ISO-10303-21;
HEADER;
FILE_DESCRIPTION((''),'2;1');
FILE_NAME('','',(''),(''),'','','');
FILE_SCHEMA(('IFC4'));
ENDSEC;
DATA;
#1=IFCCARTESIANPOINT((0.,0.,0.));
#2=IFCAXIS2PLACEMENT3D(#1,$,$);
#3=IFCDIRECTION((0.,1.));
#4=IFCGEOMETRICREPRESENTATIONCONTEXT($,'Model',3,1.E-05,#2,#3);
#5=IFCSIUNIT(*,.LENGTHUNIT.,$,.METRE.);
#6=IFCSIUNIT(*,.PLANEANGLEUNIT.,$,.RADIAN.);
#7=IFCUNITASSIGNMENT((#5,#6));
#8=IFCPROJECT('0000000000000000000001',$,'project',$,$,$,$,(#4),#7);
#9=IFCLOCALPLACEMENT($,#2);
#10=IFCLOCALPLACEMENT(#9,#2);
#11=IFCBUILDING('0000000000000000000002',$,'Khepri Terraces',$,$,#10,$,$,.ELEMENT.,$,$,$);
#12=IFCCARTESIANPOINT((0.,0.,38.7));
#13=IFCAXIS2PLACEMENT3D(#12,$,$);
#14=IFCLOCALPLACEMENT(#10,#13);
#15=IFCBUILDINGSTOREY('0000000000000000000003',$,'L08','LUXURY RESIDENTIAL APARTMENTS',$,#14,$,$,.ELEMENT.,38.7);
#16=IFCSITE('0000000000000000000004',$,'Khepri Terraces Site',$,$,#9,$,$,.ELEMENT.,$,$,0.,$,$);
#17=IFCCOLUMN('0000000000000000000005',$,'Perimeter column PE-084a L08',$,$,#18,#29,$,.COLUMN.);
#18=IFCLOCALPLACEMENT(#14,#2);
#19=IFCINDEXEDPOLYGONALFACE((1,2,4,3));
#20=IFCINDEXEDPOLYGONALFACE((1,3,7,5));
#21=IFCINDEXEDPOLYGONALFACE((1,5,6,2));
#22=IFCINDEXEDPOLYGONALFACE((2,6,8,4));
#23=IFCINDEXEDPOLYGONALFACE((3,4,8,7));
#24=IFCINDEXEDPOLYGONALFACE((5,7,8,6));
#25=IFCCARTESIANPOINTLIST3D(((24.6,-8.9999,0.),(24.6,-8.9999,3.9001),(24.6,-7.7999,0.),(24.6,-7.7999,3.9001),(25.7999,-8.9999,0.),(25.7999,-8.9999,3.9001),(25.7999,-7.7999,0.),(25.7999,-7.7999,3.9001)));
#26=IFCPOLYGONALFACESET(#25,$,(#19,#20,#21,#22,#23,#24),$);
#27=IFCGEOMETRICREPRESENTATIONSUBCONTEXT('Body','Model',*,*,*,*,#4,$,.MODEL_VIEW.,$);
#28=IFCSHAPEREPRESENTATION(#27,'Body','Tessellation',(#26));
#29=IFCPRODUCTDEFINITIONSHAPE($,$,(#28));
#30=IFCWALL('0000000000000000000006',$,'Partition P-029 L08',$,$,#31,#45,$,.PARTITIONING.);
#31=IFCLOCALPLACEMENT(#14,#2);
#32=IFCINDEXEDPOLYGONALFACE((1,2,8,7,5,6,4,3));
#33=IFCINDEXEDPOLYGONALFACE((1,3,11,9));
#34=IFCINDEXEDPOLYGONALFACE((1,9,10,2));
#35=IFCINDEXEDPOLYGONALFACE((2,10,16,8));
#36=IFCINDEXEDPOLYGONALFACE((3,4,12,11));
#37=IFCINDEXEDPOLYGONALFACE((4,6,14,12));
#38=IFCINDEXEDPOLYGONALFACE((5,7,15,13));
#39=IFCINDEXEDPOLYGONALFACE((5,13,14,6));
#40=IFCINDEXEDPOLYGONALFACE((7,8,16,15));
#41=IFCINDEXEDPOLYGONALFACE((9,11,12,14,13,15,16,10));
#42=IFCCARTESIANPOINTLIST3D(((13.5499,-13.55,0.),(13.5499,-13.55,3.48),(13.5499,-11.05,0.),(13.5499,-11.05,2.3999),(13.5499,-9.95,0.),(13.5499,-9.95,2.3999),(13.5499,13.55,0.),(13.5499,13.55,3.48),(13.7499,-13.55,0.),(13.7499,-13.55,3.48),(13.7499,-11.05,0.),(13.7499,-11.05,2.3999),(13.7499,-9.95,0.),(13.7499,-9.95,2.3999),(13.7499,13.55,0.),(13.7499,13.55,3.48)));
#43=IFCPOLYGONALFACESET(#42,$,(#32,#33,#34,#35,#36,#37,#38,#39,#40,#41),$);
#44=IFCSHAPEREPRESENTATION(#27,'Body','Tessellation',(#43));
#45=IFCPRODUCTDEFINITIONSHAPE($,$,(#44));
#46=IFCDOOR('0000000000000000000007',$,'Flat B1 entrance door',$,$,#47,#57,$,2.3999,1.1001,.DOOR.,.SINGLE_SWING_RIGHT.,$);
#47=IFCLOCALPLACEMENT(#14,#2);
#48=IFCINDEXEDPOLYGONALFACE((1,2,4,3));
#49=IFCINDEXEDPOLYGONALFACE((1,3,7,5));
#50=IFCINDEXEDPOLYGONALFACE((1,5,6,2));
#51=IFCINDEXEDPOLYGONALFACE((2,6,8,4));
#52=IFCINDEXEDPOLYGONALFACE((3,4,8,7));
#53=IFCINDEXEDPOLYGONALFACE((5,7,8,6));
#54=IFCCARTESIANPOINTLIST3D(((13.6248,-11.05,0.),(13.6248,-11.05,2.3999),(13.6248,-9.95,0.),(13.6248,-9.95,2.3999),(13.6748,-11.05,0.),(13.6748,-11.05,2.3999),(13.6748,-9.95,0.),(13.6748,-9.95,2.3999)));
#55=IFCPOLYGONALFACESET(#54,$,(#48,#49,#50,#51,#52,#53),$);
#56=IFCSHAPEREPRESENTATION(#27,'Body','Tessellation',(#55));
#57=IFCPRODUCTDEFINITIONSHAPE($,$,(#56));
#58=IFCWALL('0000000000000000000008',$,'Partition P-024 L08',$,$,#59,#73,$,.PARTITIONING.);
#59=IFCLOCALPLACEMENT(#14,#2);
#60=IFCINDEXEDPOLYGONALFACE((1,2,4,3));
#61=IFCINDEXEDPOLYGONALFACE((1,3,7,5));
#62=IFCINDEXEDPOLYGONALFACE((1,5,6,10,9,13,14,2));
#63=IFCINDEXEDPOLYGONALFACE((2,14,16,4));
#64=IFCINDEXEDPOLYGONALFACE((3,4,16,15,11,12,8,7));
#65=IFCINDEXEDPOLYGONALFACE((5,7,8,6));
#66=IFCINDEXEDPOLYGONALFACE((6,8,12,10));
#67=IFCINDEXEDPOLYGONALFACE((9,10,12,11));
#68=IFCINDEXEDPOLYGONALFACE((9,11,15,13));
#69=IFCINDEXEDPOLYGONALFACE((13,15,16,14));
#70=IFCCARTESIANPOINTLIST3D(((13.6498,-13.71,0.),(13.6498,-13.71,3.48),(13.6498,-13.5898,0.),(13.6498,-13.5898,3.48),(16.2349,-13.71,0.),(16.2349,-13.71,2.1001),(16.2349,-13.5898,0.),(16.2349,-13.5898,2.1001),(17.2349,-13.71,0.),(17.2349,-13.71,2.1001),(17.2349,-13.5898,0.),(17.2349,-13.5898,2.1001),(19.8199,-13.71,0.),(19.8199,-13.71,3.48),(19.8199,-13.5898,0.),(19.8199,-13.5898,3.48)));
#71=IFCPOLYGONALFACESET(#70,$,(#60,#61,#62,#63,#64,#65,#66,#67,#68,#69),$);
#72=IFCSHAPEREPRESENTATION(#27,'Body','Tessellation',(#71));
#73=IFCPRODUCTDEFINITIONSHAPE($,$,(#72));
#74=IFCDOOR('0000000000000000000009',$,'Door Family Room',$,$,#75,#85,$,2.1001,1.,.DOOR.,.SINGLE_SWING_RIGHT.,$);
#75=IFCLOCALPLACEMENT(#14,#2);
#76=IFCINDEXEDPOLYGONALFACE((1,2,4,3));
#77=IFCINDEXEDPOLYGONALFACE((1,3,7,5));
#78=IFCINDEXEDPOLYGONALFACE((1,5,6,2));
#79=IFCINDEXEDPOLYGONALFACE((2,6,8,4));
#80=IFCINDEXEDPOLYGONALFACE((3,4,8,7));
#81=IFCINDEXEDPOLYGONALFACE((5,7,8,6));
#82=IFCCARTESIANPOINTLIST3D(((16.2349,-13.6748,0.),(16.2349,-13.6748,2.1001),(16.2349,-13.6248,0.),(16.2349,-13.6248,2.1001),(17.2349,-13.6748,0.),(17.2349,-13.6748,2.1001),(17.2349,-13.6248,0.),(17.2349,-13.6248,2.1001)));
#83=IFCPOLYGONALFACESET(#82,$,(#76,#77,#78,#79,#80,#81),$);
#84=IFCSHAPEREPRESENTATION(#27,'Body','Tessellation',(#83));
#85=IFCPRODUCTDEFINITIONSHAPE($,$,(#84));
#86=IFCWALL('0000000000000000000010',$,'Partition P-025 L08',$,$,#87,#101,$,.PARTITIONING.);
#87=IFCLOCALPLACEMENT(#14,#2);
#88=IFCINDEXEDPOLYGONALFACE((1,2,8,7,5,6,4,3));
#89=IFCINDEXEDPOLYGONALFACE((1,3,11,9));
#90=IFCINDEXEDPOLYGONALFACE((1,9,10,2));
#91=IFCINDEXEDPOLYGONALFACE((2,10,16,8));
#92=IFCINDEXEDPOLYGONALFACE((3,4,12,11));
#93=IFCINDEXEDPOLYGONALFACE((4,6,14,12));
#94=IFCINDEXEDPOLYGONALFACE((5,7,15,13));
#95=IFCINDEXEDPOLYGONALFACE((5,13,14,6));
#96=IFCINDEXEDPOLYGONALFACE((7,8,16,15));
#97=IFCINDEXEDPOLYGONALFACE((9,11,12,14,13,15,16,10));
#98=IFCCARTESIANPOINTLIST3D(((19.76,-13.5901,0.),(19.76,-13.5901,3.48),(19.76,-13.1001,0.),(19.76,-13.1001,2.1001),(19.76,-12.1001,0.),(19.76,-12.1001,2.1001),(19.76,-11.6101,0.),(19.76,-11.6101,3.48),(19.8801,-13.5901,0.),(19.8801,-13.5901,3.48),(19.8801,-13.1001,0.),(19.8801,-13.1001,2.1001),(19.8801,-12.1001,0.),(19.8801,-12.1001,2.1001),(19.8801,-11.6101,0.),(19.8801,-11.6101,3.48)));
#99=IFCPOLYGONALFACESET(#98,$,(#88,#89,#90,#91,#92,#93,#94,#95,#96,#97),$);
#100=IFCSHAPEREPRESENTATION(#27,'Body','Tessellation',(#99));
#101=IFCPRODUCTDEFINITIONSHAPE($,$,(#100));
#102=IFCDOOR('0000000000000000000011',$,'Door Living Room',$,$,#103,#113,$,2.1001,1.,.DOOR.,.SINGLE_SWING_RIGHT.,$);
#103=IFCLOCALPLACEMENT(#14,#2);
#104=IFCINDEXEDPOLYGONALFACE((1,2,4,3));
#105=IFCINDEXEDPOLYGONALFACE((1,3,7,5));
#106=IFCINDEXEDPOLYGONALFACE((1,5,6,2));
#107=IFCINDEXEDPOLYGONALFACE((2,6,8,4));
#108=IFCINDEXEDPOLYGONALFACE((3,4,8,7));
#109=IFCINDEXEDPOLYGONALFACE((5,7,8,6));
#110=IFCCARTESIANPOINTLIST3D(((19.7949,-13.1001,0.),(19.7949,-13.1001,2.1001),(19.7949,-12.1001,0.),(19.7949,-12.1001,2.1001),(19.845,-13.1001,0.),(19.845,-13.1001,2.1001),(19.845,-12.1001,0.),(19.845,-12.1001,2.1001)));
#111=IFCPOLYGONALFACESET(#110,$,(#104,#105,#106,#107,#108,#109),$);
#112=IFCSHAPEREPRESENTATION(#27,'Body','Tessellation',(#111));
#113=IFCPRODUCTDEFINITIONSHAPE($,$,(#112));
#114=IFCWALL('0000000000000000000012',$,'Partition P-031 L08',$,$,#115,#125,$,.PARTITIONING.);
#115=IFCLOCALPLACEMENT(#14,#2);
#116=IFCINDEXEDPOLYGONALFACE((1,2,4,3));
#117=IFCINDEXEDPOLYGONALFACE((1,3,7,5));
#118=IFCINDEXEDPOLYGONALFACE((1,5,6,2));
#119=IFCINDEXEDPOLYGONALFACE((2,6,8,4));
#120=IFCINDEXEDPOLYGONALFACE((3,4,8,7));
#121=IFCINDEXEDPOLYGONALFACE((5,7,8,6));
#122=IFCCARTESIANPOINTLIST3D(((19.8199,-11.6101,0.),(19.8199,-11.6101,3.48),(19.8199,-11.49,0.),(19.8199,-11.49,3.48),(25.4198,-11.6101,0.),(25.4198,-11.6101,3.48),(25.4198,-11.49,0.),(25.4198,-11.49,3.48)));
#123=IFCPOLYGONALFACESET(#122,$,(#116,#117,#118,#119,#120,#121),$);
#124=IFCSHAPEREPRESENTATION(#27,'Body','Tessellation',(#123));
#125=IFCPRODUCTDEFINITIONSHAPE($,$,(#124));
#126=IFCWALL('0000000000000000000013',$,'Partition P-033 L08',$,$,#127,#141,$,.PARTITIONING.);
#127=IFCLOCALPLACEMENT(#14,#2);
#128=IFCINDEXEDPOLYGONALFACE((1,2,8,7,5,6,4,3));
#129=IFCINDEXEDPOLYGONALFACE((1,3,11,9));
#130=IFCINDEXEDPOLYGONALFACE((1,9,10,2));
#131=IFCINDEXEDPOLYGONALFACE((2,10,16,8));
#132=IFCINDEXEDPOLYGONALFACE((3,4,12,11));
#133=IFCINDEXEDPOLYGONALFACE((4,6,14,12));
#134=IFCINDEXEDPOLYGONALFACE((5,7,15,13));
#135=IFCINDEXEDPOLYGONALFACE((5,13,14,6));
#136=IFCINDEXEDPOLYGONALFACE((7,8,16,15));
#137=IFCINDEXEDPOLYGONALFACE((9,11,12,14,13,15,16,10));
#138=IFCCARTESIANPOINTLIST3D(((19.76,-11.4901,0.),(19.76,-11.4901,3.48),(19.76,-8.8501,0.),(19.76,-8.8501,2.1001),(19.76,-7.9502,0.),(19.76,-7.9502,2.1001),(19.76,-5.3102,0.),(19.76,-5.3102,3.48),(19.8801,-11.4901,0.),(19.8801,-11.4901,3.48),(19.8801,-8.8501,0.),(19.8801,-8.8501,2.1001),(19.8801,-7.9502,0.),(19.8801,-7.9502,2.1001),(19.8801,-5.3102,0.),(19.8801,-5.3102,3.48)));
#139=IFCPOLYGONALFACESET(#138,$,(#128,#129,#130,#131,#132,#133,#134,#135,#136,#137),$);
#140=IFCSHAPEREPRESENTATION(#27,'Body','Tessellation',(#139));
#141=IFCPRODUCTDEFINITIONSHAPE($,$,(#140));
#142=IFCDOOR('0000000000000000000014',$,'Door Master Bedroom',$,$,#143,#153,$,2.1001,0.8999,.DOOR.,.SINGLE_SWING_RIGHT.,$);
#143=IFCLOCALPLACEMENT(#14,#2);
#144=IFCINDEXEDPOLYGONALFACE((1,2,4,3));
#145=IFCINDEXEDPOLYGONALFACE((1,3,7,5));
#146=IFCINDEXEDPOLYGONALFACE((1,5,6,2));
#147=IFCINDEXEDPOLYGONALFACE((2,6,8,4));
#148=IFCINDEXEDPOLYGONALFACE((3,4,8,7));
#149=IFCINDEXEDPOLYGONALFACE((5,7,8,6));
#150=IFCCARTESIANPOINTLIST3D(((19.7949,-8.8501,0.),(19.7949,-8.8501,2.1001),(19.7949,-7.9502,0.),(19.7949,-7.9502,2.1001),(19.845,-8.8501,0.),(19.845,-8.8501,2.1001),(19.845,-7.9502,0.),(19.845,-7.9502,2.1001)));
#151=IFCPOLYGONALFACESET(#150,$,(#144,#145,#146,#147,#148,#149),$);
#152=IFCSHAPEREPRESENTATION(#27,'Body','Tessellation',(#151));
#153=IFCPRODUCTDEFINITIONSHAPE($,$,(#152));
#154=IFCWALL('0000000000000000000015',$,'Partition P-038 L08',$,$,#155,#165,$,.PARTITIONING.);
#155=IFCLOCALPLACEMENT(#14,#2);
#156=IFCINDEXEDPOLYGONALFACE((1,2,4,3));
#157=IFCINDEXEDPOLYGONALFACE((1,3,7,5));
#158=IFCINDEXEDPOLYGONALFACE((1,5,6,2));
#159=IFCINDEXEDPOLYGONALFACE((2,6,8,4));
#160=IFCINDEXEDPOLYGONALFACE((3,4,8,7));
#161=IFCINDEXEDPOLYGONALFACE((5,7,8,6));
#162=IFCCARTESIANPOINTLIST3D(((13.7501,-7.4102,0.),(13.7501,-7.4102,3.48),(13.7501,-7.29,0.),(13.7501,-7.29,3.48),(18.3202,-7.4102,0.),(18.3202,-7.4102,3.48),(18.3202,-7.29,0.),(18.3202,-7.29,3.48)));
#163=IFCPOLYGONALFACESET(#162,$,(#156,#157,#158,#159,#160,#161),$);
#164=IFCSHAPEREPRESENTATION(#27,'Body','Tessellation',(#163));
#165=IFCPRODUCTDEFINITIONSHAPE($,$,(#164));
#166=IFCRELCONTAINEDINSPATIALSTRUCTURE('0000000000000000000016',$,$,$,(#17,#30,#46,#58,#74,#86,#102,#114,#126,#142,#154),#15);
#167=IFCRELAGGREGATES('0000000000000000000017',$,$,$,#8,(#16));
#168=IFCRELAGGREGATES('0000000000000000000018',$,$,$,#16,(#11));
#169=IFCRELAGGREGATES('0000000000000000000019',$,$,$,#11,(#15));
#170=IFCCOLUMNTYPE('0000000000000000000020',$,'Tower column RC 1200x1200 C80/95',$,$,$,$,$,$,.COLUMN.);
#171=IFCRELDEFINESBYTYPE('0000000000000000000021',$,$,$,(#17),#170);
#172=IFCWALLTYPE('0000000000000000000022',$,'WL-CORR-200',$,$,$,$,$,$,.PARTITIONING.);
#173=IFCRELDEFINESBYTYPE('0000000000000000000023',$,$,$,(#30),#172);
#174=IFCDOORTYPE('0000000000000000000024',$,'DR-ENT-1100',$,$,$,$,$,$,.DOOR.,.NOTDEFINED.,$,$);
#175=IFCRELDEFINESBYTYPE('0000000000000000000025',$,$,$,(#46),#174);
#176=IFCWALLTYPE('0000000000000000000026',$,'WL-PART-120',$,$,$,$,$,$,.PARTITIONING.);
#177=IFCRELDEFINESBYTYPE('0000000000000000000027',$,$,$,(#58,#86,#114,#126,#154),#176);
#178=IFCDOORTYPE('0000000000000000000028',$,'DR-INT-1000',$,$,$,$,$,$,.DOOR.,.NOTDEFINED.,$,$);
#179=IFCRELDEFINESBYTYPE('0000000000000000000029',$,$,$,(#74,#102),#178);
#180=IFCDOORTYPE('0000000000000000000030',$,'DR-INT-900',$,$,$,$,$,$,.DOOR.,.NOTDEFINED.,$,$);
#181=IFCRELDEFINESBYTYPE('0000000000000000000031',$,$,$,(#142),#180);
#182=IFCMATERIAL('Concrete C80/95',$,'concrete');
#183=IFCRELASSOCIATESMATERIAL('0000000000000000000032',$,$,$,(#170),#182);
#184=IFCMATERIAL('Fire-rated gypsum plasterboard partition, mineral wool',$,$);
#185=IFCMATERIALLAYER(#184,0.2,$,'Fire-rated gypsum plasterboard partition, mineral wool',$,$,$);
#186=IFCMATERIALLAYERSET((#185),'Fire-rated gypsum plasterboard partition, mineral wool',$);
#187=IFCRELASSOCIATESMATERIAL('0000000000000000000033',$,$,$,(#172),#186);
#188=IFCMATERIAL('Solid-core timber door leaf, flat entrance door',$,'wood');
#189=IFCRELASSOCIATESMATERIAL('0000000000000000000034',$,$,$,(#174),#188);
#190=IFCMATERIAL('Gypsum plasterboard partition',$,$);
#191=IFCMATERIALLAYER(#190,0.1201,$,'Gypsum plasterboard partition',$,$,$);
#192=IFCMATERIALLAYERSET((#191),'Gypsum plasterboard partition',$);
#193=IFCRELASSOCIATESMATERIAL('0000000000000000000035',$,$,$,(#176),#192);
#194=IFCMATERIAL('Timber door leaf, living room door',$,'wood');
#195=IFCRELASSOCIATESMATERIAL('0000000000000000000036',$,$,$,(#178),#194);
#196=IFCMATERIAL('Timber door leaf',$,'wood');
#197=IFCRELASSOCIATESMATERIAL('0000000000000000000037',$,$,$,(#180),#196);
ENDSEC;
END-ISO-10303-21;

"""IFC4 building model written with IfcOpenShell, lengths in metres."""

from ifc_helpers import new_model, si_unit, direction, frame, frame_2d, origin, origin_2d, place, context, subcontext, project, spatial, rectangle, extrude, material, layer, layer_set, material_profile, profile_set, type_object, element, fill, save


model = new_model("IFC4")

# Units and contexts
model_context = context("Model", 3, precision=1e-05, world=origin(), true_north=direction((0.0, 1.0)))
body_context = subcontext(model_context, "Body", "Model", "MODEL_VIEW")
ifc_project = project(units=[si_unit("LENGTHUNIT", "METRE"), si_unit("PLANEANGLEUNIT", "RADIAN")], contexts=[model_context])

# Site, building, storey
site_placement = place(None, origin())
site = spatial("IfcSite", under=ifc_project, at=site_placement, Name="Khepri Terraces Site", CompositionType="ELEMENT", RefElevation=0.0)
building_placement = place(site_placement, origin())
building = spatial("IfcBuilding", under=site, at=building_placement, Name="Khepri Terraces", CompositionType="ELEMENT")
storey_placement = place(building_placement, frame((0.0, 0.0, 38.7)))
storey = spatial("IfcBuildingStorey", under=building, at=storey_placement, Name="L08", Description="LUXURY RESIDENTIAL APARTMENTS", CompositionType="ELEMENT", Elevation=38.7)

# Column
ifc_material_1 = material(Name="Concrete C80/95", Category="concrete")
ifc_material_profile = material_profile(ifc_material_1, rectangle(XDim=1.2, YDim=1.2, at=origin_2d()), Name="Concrete C80/95", Category="concrete")
ifc_profile_set = profile_set([ifc_material_profile], Name="Concrete C80/95")
column_type = type_object("IfcColumnType", Name="Tower column RC 1200x1200 C80/95", PredefinedType="COLUMN", material=ifc_profile_set)
column_placement = place(storey_placement, frame((25.2, -8.3999, 0.0), z_axis=(0.0, 0.0, 1.0), x_axis=(1.0, 0.0, 0.0)))
element("IfcColumn", 1, at=column_placement, inside=storey, type_object=column_type, Name="Perimeter column PE-084a L08", PredefinedType="COLUMN", context=body_context, shape_type="SweptSolid", body=[
    extrude(rectangle(XDim=1.2, YDim=1.2, at=origin_2d()), origin(), (0.0, 0.0, 1.0), 3.9001),
])

# Wall, opening, door
ifc_material_2 = material(Name="Fire-rated gypsum plasterboard partition, mineral wool")
ifc_layer_1 = layer(ifc_material_2, 0.2, Name="Fire-rated gypsum plasterboard partition, mineral wool")
ifc_layer_set_1 = layer_set([ifc_layer_1], Name="Fire-rated gypsum plasterboard partition, mineral wool")
wall_type_1 = type_object("IfcWallType", Name="WL-CORR-200", PredefinedType="PARTITIONING", material=ifc_layer_set_1)
wall_1_placement = place(storey_placement, frame((13.6499, -13.55, 0.0), z_axis=(0.0, 0.0, 1.0), x_axis=(0.0, 1.0, 0.0)))
wall_1 = element("IfcWall", 2, at=wall_1_placement, inside=storey, type_object=wall_type_1, Name="Partition P-029 L08", PredefinedType="PARTITIONING", context=body_context, shape_type="SweptSolid", body=[
    extrude(rectangle(XDim=27.1001, YDim=0.2, at=frame_2d((13.55, 0.0))), origin(), (0.0, 0.0, 1.0), 3.48),
])
opening_1_placement = place(wall_1_placement, frame((2.5, 0.0, 0.0)))
opening_1 = element("IfcOpeningElement", 3, at=opening_1_placement, cuts=wall_1, PredefinedType="OPENING", context=body_context, shape_type="SweptSolid", body=[
    extrude(rectangle(XDim=1.1001, YDim=2.3999, at=frame_2d((0.55, 1.2))), frame((0.0, 0.1099, 0.0), z_axis=(0.0, -1.0, 0.0), x_axis=(1.0, 0.0, 0.0)), (0.0, 0.0, 1.0), 0.22),
])
ifc_material_3 = material(Name="Solid-core timber door leaf, flat entrance door", Category="wood")
door_type_1 = type_object("IfcDoorType", Name="DR-ENT-1100", OperationType="NOTDEFINED", PredefinedType="DOOR", material=ifc_material_3)
door_1_placement = place(opening_1_placement, frame((1.1001, 0.0, 0.0), z_axis=(0.0, 0.0, 1.0), x_axis=(-1.0, 0.0, 0.0)))
door_1 = element("IfcDoor", 4, at=door_1_placement, inside=storey, type_object=door_type_1, Name="Flat B1 entrance door", OperationType="SINGLE_SWING_RIGHT", OverallHeight=2.3999, OverallWidth=1.1001, PredefinedType="DOOR", context=body_context, shape_type="SweptSolid", body=[
    extrude(rectangle(XDim=1.1001, YDim=2.3999, at=frame_2d((0.55, 1.2))), frame((0.0, 0.0249, 0.0), z_axis=(0.0, -1.0, 0.0), x_axis=(1.0, 0.0, 0.0)), (0.0, 0.0, 1.0), 0.05),
])
fill(opening_1, door_1)

# Walls, openings, doors
ifc_material_4 = material(Name="Gypsum plasterboard partition")
ifc_layer_2 = layer(ifc_material_4, 0.1201, Name="Gypsum plasterboard partition")
ifc_layer_set_2 = layer_set([ifc_layer_2], Name="Gypsum plasterboard partition")
wall_type_2 = type_object("IfcWallType", Name="WL-PART-120", PredefinedType="PARTITIONING", material=ifc_layer_set_2)
wall_2_placement = place(storey_placement, frame((13.6499, -13.6499, 0.0), z_axis=(0.0, 0.0, 1.0), x_axis=(1.0, 0.0, 0.0)))
wall_2 = element("IfcWall", 5, at=wall_2_placement, inside=storey, type_object=wall_type_2, Name="Partition P-024 L08", PredefinedType="PARTITIONING", context=body_context, shape_type="SweptSolid", body=[
    extrude(rectangle(XDim=6.1702, YDim=0.1201, at=frame_2d((3.085, 0.0))), origin(), (0.0, 0.0, 1.0), 3.48),
])
opening_2_placement = place(wall_2_placement, frame((2.585, 0.0, 0.0)))
opening_2 = element("IfcOpeningElement", 6, at=opening_2_placement, cuts=wall_2, PredefinedType="OPENING", context=body_context, shape_type="SweptSolid", body=[
    extrude(rectangle(XDim=1.0, YDim=2.1001, at=frame_2d((0.5, 1.05))), frame((0.0, 0.0701, 0.0), z_axis=(0.0, -1.0, 0.0), x_axis=(1.0, 0.0, 0.0)), (0.0, 0.0, 1.0), 0.1401),
])
ifc_material_5 = material(Name="Timber door leaf, living room door", Category="wood")
door_type_2 = type_object("IfcDoorType", Name="DR-INT-1000", OperationType="NOTDEFINED", PredefinedType="DOOR", material=ifc_material_5)
door_2_placement = place(opening_2_placement, frame((1.0, 0.0, 0.0), z_axis=(0.0, 0.0, 1.0), x_axis=(-1.0, 0.0, 0.0)))
door_2 = element("IfcDoor", 7, at=door_2_placement, inside=storey, type_object=door_type_2, Name="Door Family Room", OperationType="SINGLE_SWING_RIGHT", OverallHeight=2.1001, OverallWidth=1.0, PredefinedType="DOOR", context=body_context, shape_type="SweptSolid", body=[
    extrude(rectangle(XDim=1.0, YDim=2.1001, at=frame_2d((0.5, 1.05))), frame((0.0, 0.0249, 0.0), z_axis=(0.0, -1.0, 0.0), x_axis=(1.0, 0.0, 0.0)), (0.0, 0.0, 1.0), 0.05),
])
fill(opening_2, door_2)
wall_3_placement = place(storey_placement, frame((19.8201, -13.5901, 0.0), z_axis=(0.0, 0.0, 1.0), x_axis=(0.0, 1.0, 0.0)))
wall_3 = element("IfcWall", 8, at=wall_3_placement, inside=storey, type_object=wall_type_2, Name="Partition P-025 L08", PredefinedType="PARTITIONING", context=body_context, shape_type="SweptSolid", body=[
    extrude(rectangle(XDim=1.98, YDim=0.1201, at=frame_2d((0.99, 0.0))), origin(), (0.0, 0.0, 1.0), 3.48),
])
opening_3_placement = place(wall_3_placement, frame((0.49, 0.0, 0.0)))
opening_3 = element("IfcOpeningElement", 9, at=opening_3_placement, cuts=wall_3, PredefinedType="OPENING", context=body_context, shape_type="SweptSolid", body=[
    extrude(rectangle(XDim=1.0, YDim=2.1001, at=frame_2d((0.5, 1.05))), frame((0.0, 0.0701, 0.0), z_axis=(0.0, -1.0, 0.0), x_axis=(1.0, 0.0, 0.0)), (0.0, 0.0, 1.0), 0.1401),
])
door_3_placement = place(opening_3_placement, frame((1.0, 0.0, 0.0), z_axis=(0.0, 0.0, 1.0), x_axis=(-1.0, 0.0, 0.0)))
door_3 = element("IfcDoor", 10, at=door_3_placement, inside=storey, type_object=door_type_2, Name="Door Living Room", OperationType="SINGLE_SWING_RIGHT", OverallHeight=2.1001, OverallWidth=1.0, PredefinedType="DOOR", context=body_context, shape_type="SweptSolid", body=[
    extrude(rectangle(XDim=1.0, YDim=2.1001, at=frame_2d((0.5, 1.05))), frame((0.0, 0.0249, 0.0), z_axis=(0.0, -1.0, 0.0), x_axis=(1.0, 0.0, 0.0)), (0.0, 0.0, 1.0), 0.05),
])
fill(opening_3, door_3)

# Wall
wall_4_placement = place(storey_placement, frame((19.8201, -11.55, 0.0), z_axis=(0.0, 0.0, 1.0), x_axis=(1.0, 0.0, 0.0)))
element("IfcWall", 11, at=wall_4_placement, inside=storey, type_object=wall_type_2, Name="Partition P-031 L08", PredefinedType="PARTITIONING", context=body_context, shape_type="SweptSolid", body=[
    extrude(rectangle(XDim=5.5999, YDim=0.1201, at=frame_2d((2.7998, 0.0))), origin(), (0.0, 0.0, 1.0), 3.48),
])

# Wall, opening, door
wall_5_placement = place(storey_placement, frame((19.8201, -11.49, 0.0), z_axis=(0.0, 0.0, 1.0), x_axis=(0.0, 1.0, 0.0)))
wall_5 = element("IfcWall", 12, at=wall_5_placement, inside=storey, type_object=wall_type_2, Name="Partition P-033 L08", PredefinedType="PARTITIONING", context=body_context, shape_type="SweptSolid", body=[
    extrude(rectangle(XDim=6.1799, YDim=0.1201, at=frame_2d((3.0898, 0.0))), origin(), (0.0, 0.0, 1.0), 3.48),
])
opening_4_placement = place(wall_5_placement, frame((2.6399, 0.0, 0.0)))
opening_4 = element("IfcOpeningElement", 13, at=opening_4_placement, cuts=wall_5, PredefinedType="OPENING", context=body_context, shape_type="SweptSolid", body=[
    extrude(rectangle(XDim=0.8999, YDim=2.1001, at=frame_2d((0.45, 1.05))), frame((0.0, 0.0701, 0.0), z_axis=(0.0, -1.0, 0.0), x_axis=(1.0, 0.0, 0.0)), (0.0, 0.0, 1.0), 0.1401),
])
ifc_material_6 = material(Name="Timber door leaf", Category="wood")
door_type_3 = type_object("IfcDoorType", Name="DR-INT-900", OperationType="NOTDEFINED", PredefinedType="DOOR", material=ifc_material_6)
door_4_placement = place(opening_4_placement, frame((0.8999, 0.0, 0.0), z_axis=(0.0, 0.0, 1.0), x_axis=(-1.0, 0.0, 0.0)))
door_4 = element("IfcDoor", 14, at=door_4_placement, inside=storey, type_object=door_type_3, Name="Door Master Bedroom", OperationType="SINGLE_SWING_RIGHT", OverallHeight=2.1001, OverallWidth=0.8999, PredefinedType="DOOR", context=body_context, shape_type="SweptSolid", body=[
    extrude(rectangle(XDim=0.8999, YDim=2.1001, at=frame_2d((0.45, 1.05))), frame((0.0, 0.0249, 0.0), z_axis=(0.0, -1.0, 0.0), x_axis=(1.0, 0.0, 0.0)), (0.0, 0.0, 1.0), 0.05),
])
fill(opening_4, door_4)

# Wall
wall_6_placement = place(storey_placement, frame((13.75, -7.3501, 0.0), z_axis=(0.0, 0.0, 1.0), x_axis=(1.0, 0.0, 0.0)))
element("IfcWall", 15, at=wall_6_placement, inside=storey, type_object=wall_type_2, Name="Partition P-038 L08", PredefinedType="PARTITIONING", context=body_context, shape_type="SweptSolid", body=[
    extrude(rectangle(XDim=4.5701, YDim=0.1201, at=frame_2d((2.2852, 0.0))), origin(), (0.0, 0.0, 1.0), 3.48),
])

save(model, "model.ifc")
